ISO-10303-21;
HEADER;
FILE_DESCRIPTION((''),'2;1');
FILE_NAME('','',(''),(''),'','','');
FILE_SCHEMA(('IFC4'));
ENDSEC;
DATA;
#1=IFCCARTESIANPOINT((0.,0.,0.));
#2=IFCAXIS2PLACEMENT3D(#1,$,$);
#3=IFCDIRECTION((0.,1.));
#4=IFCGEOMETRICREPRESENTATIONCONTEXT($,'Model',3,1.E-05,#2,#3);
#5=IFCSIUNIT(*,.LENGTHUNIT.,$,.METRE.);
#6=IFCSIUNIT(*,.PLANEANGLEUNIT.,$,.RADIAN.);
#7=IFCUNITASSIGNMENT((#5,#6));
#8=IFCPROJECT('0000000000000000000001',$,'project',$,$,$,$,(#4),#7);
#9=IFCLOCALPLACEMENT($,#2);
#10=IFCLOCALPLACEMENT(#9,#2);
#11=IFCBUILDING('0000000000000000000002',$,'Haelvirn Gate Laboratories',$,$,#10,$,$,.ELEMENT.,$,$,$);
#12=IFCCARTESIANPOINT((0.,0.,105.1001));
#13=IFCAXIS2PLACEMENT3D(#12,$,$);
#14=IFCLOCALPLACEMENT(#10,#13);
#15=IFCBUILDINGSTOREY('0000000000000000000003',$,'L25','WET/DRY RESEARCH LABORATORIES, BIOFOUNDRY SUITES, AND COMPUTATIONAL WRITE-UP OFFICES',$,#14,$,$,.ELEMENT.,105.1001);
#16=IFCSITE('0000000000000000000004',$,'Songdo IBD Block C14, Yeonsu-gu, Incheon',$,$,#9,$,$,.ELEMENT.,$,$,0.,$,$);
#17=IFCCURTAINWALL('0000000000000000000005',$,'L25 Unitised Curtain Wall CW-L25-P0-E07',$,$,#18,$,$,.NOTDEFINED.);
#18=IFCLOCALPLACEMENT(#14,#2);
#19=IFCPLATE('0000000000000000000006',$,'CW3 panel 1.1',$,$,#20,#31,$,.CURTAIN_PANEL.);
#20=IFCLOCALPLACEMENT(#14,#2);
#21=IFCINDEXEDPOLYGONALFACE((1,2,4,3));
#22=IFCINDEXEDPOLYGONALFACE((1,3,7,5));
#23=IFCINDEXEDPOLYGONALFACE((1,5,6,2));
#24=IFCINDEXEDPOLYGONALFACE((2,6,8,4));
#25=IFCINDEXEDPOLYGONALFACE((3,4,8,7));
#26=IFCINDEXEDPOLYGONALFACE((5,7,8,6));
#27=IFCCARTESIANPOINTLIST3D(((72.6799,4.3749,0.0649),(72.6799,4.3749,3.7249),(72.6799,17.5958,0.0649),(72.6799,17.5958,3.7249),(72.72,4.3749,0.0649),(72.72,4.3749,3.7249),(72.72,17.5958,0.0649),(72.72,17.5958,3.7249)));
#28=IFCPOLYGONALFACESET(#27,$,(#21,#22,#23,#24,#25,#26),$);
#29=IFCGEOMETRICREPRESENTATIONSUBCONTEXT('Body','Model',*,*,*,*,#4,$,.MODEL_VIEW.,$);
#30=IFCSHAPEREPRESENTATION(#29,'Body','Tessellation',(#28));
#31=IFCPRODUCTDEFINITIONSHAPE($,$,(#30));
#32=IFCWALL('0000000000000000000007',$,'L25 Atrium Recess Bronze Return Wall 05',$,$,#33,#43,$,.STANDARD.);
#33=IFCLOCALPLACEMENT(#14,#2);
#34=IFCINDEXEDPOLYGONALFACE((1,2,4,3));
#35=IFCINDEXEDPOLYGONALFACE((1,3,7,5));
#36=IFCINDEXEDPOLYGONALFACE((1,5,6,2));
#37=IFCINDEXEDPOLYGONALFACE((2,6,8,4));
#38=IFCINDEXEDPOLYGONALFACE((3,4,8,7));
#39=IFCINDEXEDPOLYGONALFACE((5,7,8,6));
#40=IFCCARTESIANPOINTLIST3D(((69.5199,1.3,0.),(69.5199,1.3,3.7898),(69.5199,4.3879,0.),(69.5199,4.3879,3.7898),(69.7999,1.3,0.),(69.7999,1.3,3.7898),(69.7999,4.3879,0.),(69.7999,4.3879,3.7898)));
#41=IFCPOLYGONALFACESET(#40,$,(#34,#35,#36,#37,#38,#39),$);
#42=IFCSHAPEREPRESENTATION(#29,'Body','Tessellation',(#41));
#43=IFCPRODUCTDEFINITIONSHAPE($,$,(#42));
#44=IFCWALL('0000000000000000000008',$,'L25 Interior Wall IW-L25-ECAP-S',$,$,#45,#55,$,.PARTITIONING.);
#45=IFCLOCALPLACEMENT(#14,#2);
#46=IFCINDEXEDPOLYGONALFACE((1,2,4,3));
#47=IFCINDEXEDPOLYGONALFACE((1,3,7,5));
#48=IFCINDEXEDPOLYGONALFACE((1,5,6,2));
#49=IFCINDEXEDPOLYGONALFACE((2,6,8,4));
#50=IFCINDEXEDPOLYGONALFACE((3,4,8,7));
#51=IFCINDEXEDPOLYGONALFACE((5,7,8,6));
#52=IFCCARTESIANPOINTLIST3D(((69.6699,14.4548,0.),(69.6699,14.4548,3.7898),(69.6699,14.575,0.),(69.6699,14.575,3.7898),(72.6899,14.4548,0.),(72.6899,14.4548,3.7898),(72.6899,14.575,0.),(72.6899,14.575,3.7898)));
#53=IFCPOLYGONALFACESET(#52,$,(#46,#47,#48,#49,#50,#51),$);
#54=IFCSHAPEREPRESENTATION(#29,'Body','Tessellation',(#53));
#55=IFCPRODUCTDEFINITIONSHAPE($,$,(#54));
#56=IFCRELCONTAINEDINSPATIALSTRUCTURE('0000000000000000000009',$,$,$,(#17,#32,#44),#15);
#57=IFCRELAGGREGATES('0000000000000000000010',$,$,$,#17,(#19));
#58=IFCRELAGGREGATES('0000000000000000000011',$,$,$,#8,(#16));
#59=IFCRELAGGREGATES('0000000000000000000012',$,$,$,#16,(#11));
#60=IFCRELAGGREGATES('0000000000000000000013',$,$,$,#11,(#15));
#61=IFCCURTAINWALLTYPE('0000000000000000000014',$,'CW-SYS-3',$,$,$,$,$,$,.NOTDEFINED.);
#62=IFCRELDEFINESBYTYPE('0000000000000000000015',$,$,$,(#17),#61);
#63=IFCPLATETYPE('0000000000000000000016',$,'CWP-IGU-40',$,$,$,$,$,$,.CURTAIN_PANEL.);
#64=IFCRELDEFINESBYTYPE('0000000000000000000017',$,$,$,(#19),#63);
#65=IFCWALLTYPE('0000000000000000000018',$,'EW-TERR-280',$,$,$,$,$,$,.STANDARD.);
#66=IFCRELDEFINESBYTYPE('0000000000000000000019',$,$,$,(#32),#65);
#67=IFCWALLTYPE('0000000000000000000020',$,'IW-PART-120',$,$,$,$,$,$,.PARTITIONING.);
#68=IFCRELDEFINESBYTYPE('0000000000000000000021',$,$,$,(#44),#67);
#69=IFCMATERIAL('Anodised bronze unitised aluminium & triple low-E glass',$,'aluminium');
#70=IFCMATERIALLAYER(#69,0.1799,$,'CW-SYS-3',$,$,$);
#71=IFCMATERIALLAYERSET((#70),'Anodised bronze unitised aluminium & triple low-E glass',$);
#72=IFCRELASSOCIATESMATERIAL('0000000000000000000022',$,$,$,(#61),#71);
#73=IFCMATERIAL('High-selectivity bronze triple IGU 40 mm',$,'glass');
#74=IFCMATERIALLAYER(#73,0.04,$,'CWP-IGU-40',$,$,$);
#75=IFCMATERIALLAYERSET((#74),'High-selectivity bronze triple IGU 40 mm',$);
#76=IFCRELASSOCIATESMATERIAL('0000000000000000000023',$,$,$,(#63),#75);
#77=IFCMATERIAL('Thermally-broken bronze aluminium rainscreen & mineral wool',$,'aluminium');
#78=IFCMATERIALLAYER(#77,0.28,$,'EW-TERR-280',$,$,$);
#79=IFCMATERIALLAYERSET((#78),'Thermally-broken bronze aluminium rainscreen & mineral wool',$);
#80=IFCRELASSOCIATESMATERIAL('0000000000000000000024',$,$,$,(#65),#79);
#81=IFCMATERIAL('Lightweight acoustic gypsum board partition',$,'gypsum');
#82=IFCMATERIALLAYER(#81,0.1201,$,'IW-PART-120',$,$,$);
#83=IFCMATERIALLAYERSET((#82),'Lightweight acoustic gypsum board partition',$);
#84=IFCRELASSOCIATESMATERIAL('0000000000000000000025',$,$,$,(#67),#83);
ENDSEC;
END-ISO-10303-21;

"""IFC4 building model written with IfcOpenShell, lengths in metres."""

from ifc_helpers import new_model, si_unit, direction, frame, frame_2d, origin, origin_2d, place, context, subcontext, project, spatial, rectangle, extrude, source, transform, mapped, material, layer, layer_set, type_object, element, aggregate, save


model = new_model("IFC4")

# Units and contexts
model_context = context("Model", 3, precision=1e-05, world=origin(), true_north=direction((0.0, 1.0)))
body_context = subcontext(model_context, "Body", "Model", "MODEL_VIEW")
ifc_project = project(units=[si_unit("LENGTHUNIT", "METRE"), si_unit("PLANEANGLEUNIT", "RADIAN")], contexts=[model_context])

# Site, building, storey
site_placement = place(None, origin())
site = spatial("IfcSite", under=ifc_project, at=site_placement, Name="Songdo IBD Block C14, Yeonsu-gu, Incheon", CompositionType="ELEMENT", RefElevation=0.0)
building_placement = place(site_placement, origin())
building = spatial("IfcBuilding", under=site, at=building_placement, Name="Haelvirn Gate Laboratories", CompositionType="ELEMENT")
storey_placement = place(building_placement, frame((0.0, 0.0, 105.1001)))
storey = spatial("IfcBuildingStorey", under=building, at=storey_placement, Name="L25", Description="WET/DRY RESEARCH LABORATORIES, BIOFOUNDRY SUITES, AND COMPUTATIONAL WRITE-UP OFFICES", CompositionType="ELEMENT", Elevation=105.1001)

# Curtain wall
ifc_material_1 = material(Name="Anodised bronze unitised aluminium & triple low-E glass", Category="aluminium")
ifc_layer_1 = layer(ifc_material_1, 0.1799, Name="CW-SYS-3")
ifc_layer_set_1 = layer_set([ifc_layer_1], Name="Anodised bronze unitised aluminium & triple low-E glass")
curtain_wall_type_1 = type_object("IfcCurtainWallType", Name="CW-SYS-3", PredefinedType="NOTDEFINED", material=ifc_layer_set_1)
curtain_wall_1_placement = place(storey_placement, origin())
curtain_wall_1 = element("IfcCurtainWall", 1, at=curtain_wall_1_placement, inside=storey, type_object=curtain_wall_type_1, Name="L25 Unitised Curtain Wall CW-L25-P0-E07", PredefinedType="NOTDEFINED")

# Plate
ifc_material_2 = material(Name="High-selectivity bronze triple IGU 40 mm", Category="glass")
ifc_layer_2 = layer(ifc_material_2, 0.04, Name="CWP-IGU-40")
ifc_layer_set_2 = layer_set([ifc_layer_2], Name="High-selectivity bronze triple IGU 40 mm")
plate_type_1 = type_object("IfcPlateType", Name="CWP-IGU-40", PredefinedType="CURTAIN_PANEL", material=ifc_layer_set_2)
shared_shape_1 = source(origin(), body_context, "Body", "SweptSolid", [
    extrude(rectangle(XDim=13.2209, YDim=0.04, at=origin_2d()), origin(), (0.0, 0.0, 1.0), 3.6599),
])
plate_1_placement = place(storey_placement, frame((72.7, 10.9854, 0.0649), z_axis=(0.0, 0.0, 1.0), x_axis=(0.0, 1.0, 0.0)))
plate_1 = element("IfcPlate", 2, at=plate_1_placement, type_object=plate_type_1, Name="CW3 panel 1.1", PredefinedType="CURTAIN_PANEL", context=body_context, shape_type="MappedRepresentation", body=[
    mapped(shared_shape_1, transform((0.0, 0.0, 0.0), scale=1.0)),
])
aggregate(curtain_wall_1, [plate_1])

# Walls
ifc_material_3 = material(Name="Thermally-broken bronze aluminium rainscreen & mineral wool", Category="aluminium")
ifc_layer_3 = layer(ifc_material_3, 0.28, Name="EW-TERR-280")
ifc_layer_set_3 = layer_set([ifc_layer_3], Name="Thermally-broken bronze aluminium rainscreen & mineral wool")
wall_type_1 = type_object("IfcWallType", Name="EW-TERR-280", PredefinedType="STANDARD", material=ifc_layer_set_3)
wall_1_placement = place(storey_placement, frame((69.6599, 1.3, 0.0), z_axis=(0.0, 0.0, 1.0), x_axis=(0.0, 1.0, 0.0)))
element("IfcWall", 3, at=wall_1_placement, inside=storey, type_object=wall_type_1, Name="L25 Atrium Recess Bronze Return Wall 05", PredefinedType="STANDARD", context=body_context, shape_type="SweptSolid", body=[
    extrude(rectangle(XDim=3.0879, YDim=0.28, at=frame_2d((1.5439, 0.0))), origin(), (0.0, 0.0, 1.0), 3.7898),
])
ifc_material_4 = material(Name="Lightweight acoustic gypsum board partition", Category="gypsum")
ifc_layer_4 = layer(ifc_material_4, 0.1201, Name="IW-PART-120")
ifc_layer_set_4 = layer_set([ifc_layer_4], Name="Lightweight acoustic gypsum board partition")
wall_type_2 = type_object("IfcWallType", Name="IW-PART-120", PredefinedType="PARTITIONING", material=ifc_layer_set_4)
wall_2_placement = place(storey_placement, frame((69.6699, 14.5149, 0.0), z_axis=(0.0, 0.0, 1.0), x_axis=(1.0, 0.0, 0.0)))
element("IfcWall", 4, at=wall_2_placement, inside=storey, type_object=wall_type_2, Name="L25 Interior Wall IW-L25-ECAP-S", PredefinedType="PARTITIONING", context=body_context, shape_type="SweptSolid", body=[
    extrude(rectangle(XDim=3.02, YDim=0.1201, at=frame_2d((1.51, 0.0))), origin(), (0.0, 0.0, 1.0), 3.7898),
])

save(model, "model.ifc")
